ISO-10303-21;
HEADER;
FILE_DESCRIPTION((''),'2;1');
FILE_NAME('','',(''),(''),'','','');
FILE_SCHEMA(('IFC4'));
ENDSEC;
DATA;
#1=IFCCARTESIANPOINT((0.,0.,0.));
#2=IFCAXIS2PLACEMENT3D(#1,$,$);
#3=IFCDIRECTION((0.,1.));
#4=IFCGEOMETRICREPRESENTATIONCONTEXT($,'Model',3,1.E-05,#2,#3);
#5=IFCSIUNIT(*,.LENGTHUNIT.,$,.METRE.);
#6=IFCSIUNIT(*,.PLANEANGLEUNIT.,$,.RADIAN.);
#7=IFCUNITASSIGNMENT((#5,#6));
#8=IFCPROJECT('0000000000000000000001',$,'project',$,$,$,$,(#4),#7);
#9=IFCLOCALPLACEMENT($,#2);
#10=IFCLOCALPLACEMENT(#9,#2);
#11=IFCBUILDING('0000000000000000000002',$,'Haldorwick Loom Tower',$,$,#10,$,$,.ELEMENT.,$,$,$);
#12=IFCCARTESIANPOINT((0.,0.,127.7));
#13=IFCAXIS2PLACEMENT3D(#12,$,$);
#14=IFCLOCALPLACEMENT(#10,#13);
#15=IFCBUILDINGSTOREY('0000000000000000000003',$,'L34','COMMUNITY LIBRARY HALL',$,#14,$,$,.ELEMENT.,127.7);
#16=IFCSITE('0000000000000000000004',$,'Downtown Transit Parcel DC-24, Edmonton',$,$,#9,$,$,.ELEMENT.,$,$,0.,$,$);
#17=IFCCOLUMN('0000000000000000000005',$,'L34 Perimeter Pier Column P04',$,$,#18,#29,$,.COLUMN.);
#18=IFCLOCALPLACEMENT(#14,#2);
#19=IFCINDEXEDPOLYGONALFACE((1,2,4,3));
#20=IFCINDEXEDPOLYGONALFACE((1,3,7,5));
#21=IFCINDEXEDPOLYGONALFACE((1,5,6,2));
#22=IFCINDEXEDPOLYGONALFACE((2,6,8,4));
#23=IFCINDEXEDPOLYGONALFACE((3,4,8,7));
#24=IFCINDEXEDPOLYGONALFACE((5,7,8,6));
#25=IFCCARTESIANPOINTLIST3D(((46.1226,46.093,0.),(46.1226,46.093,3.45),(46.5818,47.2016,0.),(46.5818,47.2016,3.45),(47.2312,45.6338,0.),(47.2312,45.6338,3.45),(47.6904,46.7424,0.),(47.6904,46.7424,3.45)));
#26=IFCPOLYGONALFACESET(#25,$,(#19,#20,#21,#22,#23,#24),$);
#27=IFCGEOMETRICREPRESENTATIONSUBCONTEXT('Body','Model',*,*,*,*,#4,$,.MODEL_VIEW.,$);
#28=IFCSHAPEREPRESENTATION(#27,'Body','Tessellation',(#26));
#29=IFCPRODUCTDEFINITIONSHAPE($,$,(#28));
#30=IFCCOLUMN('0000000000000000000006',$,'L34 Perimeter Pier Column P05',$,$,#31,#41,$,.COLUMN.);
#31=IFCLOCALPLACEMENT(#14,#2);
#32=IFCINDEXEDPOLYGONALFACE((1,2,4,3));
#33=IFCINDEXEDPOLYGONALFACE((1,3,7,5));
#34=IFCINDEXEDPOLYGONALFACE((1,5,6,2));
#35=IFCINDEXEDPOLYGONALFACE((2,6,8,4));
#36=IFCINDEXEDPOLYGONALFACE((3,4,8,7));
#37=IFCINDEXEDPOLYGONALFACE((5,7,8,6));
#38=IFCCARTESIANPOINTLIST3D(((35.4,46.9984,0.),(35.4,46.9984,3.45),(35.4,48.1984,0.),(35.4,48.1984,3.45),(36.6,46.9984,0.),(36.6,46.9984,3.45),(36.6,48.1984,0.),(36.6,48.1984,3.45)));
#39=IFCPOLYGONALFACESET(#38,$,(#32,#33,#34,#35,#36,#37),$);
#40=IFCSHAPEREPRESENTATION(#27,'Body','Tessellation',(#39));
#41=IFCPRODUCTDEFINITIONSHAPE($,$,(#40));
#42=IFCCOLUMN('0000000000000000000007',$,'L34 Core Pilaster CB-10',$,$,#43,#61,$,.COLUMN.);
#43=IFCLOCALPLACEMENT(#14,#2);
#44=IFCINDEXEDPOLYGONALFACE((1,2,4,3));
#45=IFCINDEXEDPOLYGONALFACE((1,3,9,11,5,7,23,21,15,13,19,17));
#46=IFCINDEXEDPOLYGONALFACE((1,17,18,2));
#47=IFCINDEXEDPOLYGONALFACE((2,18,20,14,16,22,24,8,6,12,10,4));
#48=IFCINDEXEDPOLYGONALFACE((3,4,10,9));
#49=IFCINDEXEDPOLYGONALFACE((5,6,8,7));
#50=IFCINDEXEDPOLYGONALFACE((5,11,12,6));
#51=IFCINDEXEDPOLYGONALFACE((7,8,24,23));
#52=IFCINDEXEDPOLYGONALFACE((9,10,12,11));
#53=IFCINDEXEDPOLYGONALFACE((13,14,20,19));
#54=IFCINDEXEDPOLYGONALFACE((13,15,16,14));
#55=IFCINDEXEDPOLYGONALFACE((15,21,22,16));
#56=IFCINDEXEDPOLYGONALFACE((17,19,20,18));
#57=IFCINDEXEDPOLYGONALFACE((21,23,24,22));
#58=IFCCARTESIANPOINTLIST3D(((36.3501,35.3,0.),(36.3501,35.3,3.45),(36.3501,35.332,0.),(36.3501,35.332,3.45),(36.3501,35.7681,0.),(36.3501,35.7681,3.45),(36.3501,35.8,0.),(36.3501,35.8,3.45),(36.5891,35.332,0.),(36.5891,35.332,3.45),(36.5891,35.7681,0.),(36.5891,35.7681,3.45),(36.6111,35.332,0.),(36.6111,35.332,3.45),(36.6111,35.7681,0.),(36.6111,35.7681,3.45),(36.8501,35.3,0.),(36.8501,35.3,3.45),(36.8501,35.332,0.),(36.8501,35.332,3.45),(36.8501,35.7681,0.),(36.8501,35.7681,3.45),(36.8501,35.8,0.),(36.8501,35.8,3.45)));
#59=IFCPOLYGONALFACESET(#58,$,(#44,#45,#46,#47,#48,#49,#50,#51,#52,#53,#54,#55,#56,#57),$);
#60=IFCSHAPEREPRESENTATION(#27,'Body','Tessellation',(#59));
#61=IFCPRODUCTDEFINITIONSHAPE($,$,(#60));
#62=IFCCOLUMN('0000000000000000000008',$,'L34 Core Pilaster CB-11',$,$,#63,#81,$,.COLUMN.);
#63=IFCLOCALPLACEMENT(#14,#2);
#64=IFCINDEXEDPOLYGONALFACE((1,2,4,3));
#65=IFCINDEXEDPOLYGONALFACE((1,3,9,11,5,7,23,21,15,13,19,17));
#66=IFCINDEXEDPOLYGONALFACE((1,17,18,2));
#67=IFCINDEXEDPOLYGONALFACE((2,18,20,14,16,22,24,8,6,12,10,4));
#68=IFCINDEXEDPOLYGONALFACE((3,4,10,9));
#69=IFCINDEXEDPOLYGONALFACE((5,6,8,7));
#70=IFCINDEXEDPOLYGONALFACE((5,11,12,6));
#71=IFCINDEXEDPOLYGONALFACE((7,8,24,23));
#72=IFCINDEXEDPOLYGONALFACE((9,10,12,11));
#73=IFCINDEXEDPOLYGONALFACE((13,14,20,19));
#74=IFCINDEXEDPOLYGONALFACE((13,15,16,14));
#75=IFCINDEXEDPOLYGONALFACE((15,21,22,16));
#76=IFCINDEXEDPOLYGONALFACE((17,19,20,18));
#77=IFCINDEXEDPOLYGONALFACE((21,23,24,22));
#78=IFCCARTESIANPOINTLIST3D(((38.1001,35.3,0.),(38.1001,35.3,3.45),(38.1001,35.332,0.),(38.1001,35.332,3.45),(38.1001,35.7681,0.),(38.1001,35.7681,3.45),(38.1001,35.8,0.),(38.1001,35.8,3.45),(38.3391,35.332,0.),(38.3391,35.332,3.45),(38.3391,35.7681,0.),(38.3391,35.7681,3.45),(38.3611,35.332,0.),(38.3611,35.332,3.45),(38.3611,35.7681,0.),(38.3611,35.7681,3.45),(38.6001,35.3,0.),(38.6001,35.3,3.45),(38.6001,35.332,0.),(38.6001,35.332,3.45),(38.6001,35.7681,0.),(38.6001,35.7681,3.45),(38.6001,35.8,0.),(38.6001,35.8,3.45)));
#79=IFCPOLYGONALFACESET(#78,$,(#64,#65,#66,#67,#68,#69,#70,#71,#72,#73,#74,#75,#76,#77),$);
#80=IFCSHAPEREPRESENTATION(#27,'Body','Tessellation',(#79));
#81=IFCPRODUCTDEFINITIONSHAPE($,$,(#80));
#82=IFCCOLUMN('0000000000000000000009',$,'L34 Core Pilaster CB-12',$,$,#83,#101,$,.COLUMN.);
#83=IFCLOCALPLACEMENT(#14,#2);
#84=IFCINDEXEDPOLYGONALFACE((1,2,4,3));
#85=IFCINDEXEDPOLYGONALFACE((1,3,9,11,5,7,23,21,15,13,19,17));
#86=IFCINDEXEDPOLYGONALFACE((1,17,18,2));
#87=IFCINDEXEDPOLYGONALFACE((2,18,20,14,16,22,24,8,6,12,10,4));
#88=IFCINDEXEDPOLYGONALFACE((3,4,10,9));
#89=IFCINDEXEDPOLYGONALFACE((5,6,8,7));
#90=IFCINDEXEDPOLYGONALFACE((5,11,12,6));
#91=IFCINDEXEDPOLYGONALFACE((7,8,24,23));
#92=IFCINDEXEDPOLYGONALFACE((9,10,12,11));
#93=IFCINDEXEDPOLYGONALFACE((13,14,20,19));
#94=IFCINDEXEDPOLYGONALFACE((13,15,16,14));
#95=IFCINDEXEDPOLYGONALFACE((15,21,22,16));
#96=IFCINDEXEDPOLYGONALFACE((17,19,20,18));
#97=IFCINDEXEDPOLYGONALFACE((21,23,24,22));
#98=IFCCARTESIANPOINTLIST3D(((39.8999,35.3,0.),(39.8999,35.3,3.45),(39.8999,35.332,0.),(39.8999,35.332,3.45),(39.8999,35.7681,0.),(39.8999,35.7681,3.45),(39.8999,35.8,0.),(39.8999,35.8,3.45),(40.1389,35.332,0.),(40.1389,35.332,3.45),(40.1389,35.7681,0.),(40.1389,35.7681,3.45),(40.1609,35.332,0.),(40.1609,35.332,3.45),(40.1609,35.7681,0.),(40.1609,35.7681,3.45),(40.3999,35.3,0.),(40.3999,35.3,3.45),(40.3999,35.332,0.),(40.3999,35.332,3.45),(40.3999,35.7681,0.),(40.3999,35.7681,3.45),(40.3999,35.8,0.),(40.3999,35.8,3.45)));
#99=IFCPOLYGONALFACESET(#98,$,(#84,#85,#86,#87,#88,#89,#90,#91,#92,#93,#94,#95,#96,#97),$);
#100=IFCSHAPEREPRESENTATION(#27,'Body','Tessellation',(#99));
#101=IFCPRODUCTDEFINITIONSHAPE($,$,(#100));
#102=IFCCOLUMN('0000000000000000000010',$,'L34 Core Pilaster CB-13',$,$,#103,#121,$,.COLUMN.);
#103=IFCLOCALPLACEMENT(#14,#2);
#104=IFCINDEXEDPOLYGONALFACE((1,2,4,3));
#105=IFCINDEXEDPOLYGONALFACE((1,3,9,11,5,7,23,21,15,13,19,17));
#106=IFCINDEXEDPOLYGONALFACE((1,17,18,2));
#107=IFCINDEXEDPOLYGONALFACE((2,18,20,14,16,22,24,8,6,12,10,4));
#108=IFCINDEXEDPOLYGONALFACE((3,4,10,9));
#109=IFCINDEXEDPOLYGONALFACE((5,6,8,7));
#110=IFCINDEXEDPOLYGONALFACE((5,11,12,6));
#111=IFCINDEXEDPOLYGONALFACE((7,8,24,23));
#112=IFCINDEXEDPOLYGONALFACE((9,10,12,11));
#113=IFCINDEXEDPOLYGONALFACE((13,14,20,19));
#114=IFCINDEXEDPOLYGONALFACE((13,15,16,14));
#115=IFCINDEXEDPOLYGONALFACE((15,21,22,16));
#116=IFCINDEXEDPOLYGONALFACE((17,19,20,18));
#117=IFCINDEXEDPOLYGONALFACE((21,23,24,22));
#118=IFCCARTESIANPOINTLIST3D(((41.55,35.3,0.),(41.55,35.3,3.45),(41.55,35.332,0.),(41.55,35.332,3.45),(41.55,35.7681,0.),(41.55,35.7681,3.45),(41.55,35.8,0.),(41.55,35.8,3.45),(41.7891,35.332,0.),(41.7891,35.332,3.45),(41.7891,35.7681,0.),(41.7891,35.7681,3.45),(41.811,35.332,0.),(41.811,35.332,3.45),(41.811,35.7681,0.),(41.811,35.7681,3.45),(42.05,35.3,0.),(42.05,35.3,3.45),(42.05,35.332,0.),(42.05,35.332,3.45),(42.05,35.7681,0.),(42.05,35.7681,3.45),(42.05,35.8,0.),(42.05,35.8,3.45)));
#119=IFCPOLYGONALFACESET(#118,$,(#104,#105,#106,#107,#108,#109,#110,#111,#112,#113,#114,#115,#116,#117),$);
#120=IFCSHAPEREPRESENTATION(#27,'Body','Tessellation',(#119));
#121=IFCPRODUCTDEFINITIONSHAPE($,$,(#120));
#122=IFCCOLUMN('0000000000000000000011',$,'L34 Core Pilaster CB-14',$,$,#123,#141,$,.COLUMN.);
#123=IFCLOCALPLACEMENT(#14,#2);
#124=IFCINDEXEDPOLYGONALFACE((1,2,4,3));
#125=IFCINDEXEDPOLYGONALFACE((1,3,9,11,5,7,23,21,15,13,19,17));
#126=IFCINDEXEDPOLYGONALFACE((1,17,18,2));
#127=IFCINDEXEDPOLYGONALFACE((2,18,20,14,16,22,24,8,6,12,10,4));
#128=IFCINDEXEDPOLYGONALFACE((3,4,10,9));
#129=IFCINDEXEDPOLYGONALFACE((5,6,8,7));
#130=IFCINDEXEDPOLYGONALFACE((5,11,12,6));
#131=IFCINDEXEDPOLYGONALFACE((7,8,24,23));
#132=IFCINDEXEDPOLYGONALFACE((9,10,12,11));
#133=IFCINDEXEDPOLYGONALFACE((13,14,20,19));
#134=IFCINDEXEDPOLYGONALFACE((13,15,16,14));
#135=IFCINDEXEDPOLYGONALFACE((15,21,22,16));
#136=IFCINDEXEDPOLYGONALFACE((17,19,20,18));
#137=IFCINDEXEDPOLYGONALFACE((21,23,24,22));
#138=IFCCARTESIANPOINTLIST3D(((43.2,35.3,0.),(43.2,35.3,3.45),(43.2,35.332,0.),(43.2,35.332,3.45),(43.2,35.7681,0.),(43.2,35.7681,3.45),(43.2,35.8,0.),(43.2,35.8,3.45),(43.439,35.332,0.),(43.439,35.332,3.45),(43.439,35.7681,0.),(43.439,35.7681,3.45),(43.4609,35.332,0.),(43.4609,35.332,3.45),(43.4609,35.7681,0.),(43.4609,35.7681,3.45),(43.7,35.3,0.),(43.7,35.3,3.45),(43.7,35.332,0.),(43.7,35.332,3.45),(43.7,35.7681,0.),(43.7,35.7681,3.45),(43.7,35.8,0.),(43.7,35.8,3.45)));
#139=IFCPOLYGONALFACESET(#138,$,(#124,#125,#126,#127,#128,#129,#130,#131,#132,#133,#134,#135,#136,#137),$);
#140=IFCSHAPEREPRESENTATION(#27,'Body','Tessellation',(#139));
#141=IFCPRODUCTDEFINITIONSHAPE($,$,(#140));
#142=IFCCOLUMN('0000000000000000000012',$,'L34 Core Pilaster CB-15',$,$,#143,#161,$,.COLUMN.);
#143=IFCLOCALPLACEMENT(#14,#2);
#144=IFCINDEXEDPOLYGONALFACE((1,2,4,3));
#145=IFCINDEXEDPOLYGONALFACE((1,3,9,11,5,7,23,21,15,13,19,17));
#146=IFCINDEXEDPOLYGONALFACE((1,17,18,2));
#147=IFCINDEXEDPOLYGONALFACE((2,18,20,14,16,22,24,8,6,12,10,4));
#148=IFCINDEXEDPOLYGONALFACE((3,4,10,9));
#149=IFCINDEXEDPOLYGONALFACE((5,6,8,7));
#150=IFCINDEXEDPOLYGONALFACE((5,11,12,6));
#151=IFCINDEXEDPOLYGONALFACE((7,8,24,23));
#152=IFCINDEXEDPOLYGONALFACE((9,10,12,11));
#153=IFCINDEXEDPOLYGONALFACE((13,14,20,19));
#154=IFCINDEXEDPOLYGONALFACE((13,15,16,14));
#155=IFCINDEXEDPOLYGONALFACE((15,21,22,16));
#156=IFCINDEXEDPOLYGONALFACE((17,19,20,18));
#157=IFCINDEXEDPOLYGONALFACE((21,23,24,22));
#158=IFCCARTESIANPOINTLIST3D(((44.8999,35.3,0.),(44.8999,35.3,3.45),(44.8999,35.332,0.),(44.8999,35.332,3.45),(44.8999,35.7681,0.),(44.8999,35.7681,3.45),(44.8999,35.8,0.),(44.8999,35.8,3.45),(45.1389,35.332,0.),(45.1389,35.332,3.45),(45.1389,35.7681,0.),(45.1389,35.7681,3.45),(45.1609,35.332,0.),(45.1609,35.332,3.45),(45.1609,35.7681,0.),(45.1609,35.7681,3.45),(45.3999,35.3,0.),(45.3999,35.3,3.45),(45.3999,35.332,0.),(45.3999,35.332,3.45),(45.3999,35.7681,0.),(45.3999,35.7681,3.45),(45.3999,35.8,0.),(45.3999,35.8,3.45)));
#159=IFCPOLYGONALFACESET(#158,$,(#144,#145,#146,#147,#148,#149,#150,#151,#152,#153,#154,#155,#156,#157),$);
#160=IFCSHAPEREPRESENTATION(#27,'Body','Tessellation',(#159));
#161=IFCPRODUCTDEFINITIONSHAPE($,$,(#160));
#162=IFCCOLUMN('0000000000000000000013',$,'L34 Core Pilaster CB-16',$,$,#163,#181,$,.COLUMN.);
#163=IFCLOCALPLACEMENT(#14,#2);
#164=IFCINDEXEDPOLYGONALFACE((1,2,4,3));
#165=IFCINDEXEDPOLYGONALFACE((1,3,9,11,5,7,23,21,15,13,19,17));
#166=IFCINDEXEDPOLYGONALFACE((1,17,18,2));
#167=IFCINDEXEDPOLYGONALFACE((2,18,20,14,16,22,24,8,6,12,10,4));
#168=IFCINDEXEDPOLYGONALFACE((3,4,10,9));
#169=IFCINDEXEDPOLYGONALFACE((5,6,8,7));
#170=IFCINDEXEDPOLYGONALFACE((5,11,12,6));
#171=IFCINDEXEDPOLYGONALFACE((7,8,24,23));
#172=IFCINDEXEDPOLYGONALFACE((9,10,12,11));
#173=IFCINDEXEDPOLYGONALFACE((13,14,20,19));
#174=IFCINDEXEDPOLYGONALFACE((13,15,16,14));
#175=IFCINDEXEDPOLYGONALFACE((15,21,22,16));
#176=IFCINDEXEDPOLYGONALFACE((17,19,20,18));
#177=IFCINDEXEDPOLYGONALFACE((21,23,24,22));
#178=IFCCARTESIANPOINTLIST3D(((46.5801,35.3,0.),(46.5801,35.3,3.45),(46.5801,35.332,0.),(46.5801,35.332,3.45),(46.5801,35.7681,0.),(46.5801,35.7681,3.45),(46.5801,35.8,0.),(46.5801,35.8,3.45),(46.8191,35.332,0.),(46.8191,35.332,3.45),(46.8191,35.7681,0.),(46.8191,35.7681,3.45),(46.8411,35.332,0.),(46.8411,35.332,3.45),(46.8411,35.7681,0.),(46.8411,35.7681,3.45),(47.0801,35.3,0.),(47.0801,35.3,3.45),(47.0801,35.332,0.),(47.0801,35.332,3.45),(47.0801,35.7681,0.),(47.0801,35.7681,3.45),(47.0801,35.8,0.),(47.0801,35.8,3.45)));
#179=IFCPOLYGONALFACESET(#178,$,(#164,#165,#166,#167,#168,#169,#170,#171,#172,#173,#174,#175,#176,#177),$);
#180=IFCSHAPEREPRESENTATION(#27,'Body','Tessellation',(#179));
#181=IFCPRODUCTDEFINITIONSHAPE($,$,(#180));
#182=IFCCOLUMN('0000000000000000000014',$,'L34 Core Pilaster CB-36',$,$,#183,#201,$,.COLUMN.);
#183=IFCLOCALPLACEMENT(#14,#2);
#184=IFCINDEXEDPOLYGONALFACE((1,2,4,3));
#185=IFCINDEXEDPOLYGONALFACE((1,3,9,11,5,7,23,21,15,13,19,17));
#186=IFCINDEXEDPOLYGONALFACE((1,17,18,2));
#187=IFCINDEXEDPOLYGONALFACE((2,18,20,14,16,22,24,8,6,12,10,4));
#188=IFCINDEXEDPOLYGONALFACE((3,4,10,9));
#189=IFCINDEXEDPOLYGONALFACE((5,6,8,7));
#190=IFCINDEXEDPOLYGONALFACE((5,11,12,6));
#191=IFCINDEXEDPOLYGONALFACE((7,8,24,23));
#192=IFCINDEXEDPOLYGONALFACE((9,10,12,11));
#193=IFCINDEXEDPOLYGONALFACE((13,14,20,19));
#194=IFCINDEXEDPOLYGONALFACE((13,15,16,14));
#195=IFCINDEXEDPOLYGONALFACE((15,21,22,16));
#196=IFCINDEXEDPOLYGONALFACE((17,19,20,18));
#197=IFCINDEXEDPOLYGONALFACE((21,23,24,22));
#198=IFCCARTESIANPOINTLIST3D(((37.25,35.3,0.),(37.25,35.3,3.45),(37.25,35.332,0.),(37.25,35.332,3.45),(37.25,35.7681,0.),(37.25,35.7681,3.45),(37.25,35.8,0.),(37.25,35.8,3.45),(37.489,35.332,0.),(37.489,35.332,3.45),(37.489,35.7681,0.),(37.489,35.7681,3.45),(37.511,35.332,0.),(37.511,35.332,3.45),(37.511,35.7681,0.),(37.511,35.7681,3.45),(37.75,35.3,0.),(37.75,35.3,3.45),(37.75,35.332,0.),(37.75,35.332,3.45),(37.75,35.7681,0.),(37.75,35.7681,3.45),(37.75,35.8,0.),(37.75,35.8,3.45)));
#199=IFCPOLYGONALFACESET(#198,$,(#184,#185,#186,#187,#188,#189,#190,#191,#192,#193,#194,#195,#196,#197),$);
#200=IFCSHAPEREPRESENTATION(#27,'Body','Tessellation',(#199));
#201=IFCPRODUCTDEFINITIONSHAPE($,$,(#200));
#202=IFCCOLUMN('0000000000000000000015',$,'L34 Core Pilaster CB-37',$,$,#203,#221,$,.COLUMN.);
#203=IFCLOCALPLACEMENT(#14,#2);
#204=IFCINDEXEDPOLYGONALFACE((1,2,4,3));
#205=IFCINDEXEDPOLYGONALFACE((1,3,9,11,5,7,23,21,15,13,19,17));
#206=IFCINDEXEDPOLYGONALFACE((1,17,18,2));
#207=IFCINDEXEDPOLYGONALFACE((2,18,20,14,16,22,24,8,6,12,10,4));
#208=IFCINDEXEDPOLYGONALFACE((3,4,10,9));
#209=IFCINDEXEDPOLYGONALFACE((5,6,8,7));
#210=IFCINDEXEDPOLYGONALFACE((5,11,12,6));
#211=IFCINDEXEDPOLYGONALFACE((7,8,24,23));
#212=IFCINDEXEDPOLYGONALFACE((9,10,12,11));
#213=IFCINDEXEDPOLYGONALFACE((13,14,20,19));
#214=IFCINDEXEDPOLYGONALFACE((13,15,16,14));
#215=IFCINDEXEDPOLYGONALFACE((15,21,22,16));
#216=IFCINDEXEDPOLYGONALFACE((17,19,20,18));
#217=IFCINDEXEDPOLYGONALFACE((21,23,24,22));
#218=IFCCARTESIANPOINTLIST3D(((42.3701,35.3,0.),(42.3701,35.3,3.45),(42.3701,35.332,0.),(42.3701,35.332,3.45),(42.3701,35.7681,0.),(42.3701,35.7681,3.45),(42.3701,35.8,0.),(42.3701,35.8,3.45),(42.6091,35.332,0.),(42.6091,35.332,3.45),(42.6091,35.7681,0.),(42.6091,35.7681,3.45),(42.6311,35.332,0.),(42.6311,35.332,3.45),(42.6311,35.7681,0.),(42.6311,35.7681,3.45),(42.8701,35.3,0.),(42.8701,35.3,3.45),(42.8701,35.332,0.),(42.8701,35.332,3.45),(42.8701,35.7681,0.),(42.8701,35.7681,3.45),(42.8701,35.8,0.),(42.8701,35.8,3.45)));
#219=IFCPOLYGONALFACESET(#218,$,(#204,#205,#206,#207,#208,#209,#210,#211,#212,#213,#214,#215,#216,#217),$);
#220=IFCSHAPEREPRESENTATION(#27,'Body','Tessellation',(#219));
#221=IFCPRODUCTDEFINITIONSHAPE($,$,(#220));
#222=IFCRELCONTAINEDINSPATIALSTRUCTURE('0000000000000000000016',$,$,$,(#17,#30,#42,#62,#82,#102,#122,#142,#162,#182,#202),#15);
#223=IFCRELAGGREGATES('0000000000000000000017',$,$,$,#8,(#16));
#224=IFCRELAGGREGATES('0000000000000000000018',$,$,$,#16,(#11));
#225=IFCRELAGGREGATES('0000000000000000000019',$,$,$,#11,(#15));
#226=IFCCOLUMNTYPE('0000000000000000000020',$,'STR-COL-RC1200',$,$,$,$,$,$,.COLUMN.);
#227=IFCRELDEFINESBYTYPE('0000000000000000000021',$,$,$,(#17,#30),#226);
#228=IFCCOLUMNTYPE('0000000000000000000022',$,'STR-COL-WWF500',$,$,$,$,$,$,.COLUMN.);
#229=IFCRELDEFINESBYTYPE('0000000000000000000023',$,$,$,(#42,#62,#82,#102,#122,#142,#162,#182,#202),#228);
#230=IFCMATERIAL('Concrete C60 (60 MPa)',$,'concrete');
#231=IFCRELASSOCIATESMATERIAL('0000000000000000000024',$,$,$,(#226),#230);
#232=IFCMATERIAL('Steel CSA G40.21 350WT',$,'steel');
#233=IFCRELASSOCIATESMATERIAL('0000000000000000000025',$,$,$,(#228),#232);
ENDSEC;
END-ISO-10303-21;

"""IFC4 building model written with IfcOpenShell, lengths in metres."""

from ifc_helpers import new_model, si_unit, direction, frame, origin, origin_2d, place, context, subcontext, project, spatial, rectangle, i_section, extrude, material, material_profile, profile_set, type_object, element, save


model = new_model("IFC4")

# Units and contexts
model_context = context("Model", 3, precision=1e-05, world=origin(), true_north=direction((0.0, 1.0)))
body_context = subcontext(model_context, "Body", "Model", "MODEL_VIEW")
ifc_project = project(units=[si_unit("LENGTHUNIT", "METRE"), si_unit("PLANEANGLEUNIT", "RADIAN")], contexts=[model_context])

# Site, building, storey
site_placement = place(None, origin())
site = spatial("IfcSite", under=ifc_project, at=site_placement, Name="Downtown Transit Parcel DC-24, Edmonton", CompositionType="ELEMENT", RefElevation=0.0)
building_placement = place(site_placement, origin())
building = spatial("IfcBuilding", under=site, at=building_placement, Name="Haldorwick Loom Tower", CompositionType="ELEMENT")
storey_placement = place(building_placement, frame((0.0, 0.0, 127.7)))
storey = spatial("IfcBuildingStorey", under=building, at=storey_placement, Name="L34", Description="COMMUNITY LIBRARY HALL", CompositionType="ELEMENT", Elevation=127.7)

# Columns
ifc_material_1 = material(Name="Concrete C60 (60 MPa)", Category="concrete")
ifc_material_profile_1 = material_profile(ifc_material_1, rectangle(XDim=1.2, YDim=1.2, at=origin_2d()), Name="RC1200X1200", Category="concrete")
ifc_profile_set_1 = profile_set([ifc_material_profile_1], Name="Concrete C60 (60 MPa)")
column_type_1 = type_object("IfcColumnType", Name="STR-COL-RC1200", PredefinedType="COLUMN", material=ifc_profile_set_1)
for number, where, z_axis, x_axis, name in (
    (1, (46.9065, 46.4177, 0.0), (0.0, 0.0, 1.0), (0.382683, 0.92388, 0.0), "L34 Perimeter Pier Column P04"),
    (2, (36.0, 47.5984, 0.0), (0.0, 0.0, 1.0), (0.0, 1.0, 0.0), "L34 Perimeter Pier Column P05"),
):
    element("IfcColumn", number, at=place(storey_placement, frame(where, z_axis=z_axis, x_axis=x_axis)), inside=storey, type_object=column_type_1, Name=name, PredefinedType="COLUMN", context=body_context, shape_type="SweptSolid", body=[
        extrude(rectangle(XDim=1.2, YDim=1.2, at=origin_2d()), origin(), (0.0, 0.0, 1.0), 3.45),
    ])
ifc_material_2 = material(Name="Steel CSA G40.21 350WT", Category="steel")
ifc_material_profile_2 = material_profile(ifc_material_2, i_section(OverallWidth=0.5, OverallDepth=0.5, WebThickness=0.022, FlangeThickness=0.032, at=origin_2d()), Name="WWF500X500", Category="steel")
ifc_profile_set_2 = profile_set([ifc_material_profile_2], Name="Steel CSA G40.21 350WT")
column_type_2 = type_object("IfcColumnType", Name="STR-COL-WWF500", PredefinedType="COLUMN", material=ifc_profile_set_2)
for number, where, z_axis, x_axis, name in (
    (3, (36.6001, 35.55, 0.0), (0.0, 0.0, 1.0), (1.0, 0.0, 0.0), "L34 Core Pilaster CB-10"),
    (4, (38.3501, 35.55, 0.0), (0.0, 0.0, 1.0), (1.0, 0.0, 0.0), "L34 Core Pilaster CB-11"),
    (5, (40.1499, 35.55, 0.0), (0.0, 0.0, 1.0), (1.0, 0.0, 0.0), "L34 Core Pilaster CB-12"),
    (6, (41.8, 35.55, 0.0), (0.0, 0.0, 1.0), (1.0, 0.0, 0.0), "L34 Core Pilaster CB-13"),
    (7, (43.45, 35.55, 0.0), (0.0, 0.0, 1.0), (1.0, 0.0, 0.0), "L34 Core Pilaster CB-14"),
    (8, (45.1499, 35.55, 0.0), (0.0, 0.0, 1.0), (1.0, 0.0, 0.0), "L34 Core Pilaster CB-15"),
    (9, (46.8301, 35.55, 0.0), (0.0, 0.0, 1.0), (1.0, 0.0, 0.0), "L34 Core Pilaster CB-16"),
    (10, (37.5, 35.55, 0.0), (0.0, 0.0, 1.0), (1.0, 0.0, 0.0), "L34 Core Pilaster CB-36"),
    (11, (42.6201, 35.55, 0.0), (0.0, 0.0, 1.0), (1.0, 0.0, 0.0), "L34 Core Pilaster CB-37"),
):
    element("IfcColumn", number, at=place(storey_placement, frame(where, z_axis=z_axis, x_axis=x_axis)), inside=storey, type_object=column_type_2, Name=name, PredefinedType="COLUMN", context=body_context, shape_type="SweptSolid", body=[
        extrude(i_section(OverallWidth=0.5, OverallDepth=0.5, WebThickness=0.022, FlangeThickness=0.032, at=origin_2d()), origin(), (0.0, 0.0, 1.0), 3.45),
    ])

save(model, "model.ifc")
